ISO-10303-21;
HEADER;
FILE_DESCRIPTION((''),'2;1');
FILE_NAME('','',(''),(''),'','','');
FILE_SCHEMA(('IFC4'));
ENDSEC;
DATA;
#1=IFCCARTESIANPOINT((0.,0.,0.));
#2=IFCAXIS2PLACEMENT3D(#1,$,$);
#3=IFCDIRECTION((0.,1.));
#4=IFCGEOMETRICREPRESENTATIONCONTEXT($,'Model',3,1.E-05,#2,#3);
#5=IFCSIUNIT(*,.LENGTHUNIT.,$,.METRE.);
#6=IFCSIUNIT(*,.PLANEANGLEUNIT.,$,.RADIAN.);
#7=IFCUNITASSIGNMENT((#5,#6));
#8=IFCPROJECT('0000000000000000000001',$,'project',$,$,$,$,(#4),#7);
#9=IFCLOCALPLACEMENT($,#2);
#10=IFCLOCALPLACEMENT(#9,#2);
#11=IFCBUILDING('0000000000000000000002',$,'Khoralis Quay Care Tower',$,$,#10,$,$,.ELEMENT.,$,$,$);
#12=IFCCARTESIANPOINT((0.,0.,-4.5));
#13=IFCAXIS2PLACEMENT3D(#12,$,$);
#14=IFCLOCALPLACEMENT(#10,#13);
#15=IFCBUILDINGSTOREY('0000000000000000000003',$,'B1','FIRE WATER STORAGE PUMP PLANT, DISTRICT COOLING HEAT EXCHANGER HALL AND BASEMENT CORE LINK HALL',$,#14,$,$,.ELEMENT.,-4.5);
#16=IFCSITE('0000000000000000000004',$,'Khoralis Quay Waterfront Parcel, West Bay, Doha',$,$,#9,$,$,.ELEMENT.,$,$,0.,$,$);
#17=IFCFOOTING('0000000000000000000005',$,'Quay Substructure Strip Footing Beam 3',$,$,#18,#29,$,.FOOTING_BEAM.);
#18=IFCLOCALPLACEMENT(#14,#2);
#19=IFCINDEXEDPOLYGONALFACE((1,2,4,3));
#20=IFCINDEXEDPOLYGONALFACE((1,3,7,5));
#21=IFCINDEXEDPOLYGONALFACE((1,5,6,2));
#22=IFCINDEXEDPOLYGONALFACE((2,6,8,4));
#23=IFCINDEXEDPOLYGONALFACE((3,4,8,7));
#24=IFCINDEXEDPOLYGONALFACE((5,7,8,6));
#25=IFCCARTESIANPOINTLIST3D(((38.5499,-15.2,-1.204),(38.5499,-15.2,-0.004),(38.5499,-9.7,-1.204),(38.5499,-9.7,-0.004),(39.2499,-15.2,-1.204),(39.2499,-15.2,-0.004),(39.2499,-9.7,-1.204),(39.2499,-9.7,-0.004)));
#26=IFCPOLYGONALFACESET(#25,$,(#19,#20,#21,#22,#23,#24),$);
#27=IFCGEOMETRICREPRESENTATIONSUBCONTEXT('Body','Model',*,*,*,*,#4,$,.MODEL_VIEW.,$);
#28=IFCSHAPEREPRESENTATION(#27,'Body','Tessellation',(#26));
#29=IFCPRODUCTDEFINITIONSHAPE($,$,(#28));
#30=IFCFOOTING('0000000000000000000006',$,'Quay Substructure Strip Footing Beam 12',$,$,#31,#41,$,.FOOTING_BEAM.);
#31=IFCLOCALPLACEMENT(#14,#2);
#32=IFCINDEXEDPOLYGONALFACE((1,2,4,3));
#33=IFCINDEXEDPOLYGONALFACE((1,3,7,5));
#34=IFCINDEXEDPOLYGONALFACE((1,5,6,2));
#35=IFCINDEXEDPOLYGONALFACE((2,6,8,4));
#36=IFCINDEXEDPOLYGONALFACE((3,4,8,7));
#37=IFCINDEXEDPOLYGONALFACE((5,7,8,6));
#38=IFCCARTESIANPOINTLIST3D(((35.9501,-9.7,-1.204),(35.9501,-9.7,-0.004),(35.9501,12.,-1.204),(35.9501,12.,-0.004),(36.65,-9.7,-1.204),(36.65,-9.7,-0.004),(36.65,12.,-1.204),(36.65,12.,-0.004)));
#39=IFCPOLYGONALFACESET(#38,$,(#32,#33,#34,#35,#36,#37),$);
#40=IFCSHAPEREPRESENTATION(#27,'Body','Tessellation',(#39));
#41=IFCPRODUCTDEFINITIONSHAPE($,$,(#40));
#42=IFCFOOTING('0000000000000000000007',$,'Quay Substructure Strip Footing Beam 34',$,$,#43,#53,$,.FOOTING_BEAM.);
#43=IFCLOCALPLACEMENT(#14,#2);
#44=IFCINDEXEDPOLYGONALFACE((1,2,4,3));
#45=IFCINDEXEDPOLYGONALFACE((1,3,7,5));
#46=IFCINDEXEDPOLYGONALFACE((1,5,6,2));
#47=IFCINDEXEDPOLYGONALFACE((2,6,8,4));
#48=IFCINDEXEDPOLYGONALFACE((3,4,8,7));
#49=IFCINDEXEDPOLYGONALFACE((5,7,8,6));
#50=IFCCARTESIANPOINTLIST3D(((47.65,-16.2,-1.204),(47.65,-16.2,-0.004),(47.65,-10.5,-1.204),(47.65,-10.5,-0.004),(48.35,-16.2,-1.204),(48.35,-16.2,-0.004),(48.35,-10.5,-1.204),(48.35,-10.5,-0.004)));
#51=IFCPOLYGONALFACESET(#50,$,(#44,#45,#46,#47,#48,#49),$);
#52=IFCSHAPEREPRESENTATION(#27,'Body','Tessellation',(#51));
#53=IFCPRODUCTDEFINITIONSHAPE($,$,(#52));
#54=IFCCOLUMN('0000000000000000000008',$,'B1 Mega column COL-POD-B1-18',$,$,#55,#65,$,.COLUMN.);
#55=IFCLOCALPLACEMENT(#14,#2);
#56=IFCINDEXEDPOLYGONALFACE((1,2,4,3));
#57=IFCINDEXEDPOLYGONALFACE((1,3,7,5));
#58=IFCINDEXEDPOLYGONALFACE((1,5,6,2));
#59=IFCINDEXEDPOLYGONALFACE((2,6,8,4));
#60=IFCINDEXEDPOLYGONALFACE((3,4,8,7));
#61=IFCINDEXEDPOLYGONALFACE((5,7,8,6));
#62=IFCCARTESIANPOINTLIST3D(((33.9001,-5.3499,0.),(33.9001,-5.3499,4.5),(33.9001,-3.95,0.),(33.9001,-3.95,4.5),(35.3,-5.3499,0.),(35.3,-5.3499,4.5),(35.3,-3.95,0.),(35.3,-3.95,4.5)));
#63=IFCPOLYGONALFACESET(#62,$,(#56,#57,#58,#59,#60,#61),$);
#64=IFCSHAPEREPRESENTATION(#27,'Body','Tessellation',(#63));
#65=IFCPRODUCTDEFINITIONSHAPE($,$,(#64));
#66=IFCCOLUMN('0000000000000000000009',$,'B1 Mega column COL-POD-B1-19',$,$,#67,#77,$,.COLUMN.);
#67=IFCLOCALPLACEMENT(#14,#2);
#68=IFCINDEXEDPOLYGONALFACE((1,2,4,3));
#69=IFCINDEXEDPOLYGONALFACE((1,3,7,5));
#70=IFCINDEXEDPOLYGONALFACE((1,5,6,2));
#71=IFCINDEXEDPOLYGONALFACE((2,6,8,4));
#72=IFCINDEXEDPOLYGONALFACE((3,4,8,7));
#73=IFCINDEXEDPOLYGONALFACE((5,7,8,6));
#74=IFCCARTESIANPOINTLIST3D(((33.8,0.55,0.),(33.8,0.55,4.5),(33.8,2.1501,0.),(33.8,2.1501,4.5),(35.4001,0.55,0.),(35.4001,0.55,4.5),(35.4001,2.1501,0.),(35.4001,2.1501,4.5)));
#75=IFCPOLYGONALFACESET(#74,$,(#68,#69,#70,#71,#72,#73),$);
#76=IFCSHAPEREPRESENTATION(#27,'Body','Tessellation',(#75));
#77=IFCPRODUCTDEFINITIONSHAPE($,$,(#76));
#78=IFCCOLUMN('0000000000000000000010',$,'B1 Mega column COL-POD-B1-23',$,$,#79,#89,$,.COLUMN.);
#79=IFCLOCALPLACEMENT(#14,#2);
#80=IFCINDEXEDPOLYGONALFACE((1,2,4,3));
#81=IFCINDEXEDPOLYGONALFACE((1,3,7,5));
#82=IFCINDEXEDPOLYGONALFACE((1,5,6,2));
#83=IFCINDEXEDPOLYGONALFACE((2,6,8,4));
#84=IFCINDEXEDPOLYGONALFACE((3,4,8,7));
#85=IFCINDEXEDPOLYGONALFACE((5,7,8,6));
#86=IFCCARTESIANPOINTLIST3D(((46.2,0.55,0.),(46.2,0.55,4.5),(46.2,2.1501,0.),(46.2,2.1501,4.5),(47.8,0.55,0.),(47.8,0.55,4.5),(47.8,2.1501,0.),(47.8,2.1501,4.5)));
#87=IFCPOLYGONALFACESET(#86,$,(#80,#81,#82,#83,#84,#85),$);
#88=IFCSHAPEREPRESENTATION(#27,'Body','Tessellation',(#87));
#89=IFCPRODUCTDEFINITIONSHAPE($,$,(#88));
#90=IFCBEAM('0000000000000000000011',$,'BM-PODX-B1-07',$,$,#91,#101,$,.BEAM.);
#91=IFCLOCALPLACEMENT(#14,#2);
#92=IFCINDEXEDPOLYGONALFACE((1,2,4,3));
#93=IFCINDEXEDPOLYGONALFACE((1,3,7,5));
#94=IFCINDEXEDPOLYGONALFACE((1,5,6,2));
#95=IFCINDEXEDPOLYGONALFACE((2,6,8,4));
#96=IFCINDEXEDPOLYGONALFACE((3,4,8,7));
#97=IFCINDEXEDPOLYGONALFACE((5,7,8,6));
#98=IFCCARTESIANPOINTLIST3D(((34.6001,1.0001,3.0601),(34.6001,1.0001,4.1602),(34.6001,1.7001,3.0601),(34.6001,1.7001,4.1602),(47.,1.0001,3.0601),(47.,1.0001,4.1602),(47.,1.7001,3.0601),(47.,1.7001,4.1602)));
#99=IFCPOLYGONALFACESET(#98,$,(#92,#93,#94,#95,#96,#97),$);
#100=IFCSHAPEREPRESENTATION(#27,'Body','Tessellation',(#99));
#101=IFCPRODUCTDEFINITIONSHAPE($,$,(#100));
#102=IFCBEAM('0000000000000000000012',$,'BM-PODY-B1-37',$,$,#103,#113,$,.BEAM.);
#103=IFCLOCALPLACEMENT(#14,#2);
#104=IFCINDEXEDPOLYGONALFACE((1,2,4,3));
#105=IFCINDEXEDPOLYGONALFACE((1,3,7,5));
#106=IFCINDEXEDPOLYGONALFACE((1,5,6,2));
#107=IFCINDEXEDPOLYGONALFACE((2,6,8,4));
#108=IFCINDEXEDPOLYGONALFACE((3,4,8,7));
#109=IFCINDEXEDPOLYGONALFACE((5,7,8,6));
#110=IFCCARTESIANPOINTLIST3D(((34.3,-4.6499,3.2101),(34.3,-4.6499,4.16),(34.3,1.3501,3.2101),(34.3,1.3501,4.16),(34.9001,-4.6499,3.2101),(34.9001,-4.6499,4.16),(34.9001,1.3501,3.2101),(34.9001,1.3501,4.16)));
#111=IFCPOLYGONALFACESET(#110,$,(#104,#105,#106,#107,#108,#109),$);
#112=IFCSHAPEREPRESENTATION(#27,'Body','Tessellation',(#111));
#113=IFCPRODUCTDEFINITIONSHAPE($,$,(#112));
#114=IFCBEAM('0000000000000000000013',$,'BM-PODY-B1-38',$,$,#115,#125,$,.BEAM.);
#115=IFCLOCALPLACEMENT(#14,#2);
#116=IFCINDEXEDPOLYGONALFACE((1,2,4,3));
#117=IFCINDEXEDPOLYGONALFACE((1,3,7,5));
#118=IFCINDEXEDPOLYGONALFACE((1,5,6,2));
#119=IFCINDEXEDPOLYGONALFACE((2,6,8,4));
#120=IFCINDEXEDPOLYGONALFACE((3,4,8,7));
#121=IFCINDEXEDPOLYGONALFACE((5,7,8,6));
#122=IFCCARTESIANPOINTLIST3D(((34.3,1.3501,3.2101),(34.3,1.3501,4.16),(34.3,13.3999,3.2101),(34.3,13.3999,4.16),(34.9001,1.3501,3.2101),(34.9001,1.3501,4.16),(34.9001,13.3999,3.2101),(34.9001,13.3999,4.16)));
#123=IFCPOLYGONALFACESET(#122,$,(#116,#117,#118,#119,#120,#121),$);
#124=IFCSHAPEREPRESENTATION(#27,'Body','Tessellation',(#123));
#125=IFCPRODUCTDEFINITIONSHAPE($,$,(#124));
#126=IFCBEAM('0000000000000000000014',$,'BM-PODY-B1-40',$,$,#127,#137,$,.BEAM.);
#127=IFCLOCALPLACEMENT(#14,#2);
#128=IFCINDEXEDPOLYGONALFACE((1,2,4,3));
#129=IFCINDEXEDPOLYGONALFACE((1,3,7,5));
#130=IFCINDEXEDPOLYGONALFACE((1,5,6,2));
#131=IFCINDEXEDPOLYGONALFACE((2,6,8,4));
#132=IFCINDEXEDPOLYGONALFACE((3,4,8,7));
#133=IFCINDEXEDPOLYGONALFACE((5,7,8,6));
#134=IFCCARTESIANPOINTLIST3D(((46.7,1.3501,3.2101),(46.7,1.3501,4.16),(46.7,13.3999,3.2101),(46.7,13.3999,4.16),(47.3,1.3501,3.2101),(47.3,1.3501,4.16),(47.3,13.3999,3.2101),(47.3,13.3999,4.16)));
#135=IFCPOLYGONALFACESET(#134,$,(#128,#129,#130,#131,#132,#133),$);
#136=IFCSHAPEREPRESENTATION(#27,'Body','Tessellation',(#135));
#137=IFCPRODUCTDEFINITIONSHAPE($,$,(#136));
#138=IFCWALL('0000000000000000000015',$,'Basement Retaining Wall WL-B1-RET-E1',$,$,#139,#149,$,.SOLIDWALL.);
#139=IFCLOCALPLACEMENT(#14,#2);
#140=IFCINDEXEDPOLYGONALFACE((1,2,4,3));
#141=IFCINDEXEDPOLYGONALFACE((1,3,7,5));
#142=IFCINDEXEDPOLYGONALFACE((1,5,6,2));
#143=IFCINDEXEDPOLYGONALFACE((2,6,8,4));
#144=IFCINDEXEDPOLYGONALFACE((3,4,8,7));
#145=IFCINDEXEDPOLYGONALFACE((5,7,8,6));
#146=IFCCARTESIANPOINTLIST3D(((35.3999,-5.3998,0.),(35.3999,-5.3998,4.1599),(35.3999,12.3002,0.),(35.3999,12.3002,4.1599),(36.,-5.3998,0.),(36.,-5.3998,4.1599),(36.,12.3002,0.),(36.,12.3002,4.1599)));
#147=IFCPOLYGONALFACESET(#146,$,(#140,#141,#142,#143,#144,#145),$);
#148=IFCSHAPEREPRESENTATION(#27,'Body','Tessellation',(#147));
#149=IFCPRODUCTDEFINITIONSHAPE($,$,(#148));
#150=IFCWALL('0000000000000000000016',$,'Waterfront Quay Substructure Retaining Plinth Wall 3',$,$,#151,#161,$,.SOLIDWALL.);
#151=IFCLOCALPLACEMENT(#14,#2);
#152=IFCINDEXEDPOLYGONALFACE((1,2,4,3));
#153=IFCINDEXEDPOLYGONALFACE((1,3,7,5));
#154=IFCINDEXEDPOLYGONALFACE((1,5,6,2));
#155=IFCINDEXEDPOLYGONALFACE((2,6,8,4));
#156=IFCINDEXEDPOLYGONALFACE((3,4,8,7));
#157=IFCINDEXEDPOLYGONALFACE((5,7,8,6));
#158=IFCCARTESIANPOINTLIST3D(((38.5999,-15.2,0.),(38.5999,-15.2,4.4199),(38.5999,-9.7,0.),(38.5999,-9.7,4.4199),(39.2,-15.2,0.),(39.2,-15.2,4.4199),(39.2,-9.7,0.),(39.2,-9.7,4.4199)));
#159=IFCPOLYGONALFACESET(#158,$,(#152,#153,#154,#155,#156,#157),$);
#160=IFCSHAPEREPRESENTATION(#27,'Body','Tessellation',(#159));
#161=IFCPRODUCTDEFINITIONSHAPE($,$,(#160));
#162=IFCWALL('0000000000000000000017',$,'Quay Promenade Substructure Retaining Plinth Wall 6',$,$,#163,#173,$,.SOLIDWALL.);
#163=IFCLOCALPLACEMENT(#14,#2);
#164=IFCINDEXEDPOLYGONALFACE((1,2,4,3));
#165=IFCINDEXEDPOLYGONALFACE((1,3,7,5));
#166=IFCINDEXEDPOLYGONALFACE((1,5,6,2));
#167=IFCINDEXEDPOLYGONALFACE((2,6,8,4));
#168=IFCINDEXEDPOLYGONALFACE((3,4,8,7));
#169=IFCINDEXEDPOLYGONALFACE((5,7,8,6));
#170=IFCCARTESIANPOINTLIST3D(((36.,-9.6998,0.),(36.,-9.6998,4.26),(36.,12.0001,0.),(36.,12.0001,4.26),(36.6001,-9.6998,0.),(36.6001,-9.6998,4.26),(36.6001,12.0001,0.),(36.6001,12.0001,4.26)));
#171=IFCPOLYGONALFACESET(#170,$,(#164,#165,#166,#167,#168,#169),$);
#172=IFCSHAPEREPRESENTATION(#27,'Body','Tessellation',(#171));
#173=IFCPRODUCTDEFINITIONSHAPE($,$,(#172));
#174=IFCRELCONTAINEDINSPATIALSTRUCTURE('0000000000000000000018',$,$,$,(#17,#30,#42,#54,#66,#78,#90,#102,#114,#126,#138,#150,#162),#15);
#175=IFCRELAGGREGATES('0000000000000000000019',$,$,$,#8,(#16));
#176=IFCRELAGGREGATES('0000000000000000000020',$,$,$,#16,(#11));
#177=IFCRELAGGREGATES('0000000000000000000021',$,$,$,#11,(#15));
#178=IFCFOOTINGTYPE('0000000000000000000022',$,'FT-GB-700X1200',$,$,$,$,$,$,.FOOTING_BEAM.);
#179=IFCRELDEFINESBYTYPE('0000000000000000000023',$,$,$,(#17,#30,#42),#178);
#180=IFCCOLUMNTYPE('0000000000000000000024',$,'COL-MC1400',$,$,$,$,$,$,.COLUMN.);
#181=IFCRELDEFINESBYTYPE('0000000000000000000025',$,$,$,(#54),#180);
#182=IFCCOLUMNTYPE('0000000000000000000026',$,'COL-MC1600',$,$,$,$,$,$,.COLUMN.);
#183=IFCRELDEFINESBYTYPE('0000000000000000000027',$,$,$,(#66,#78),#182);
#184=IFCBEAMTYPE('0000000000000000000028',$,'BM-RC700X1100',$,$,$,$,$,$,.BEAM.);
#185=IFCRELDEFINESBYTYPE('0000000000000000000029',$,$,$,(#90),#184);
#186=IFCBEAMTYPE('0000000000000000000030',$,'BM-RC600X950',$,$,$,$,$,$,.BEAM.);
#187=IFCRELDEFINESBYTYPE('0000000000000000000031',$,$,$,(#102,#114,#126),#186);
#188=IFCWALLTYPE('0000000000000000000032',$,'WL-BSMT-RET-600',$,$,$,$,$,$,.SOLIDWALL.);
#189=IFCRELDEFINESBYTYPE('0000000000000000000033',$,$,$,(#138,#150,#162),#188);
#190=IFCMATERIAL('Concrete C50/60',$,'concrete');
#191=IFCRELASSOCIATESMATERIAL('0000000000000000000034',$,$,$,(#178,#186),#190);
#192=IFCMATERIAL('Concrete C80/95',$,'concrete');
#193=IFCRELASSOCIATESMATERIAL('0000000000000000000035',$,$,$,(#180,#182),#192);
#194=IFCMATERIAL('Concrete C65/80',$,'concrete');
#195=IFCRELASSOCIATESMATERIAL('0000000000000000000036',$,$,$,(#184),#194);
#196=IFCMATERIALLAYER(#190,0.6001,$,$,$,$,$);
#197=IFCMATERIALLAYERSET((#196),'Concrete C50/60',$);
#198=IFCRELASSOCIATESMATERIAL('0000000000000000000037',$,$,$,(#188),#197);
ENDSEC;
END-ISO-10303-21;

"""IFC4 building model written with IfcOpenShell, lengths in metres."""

from ifc_helpers import new_model, si_unit, direction, frame, frame_2d, origin, origin_2d, place, context, subcontext, project, spatial, rectangle, extrude, source, transform, mapped, material, layer, layer_set, material_profile, profile_set, type_object, element, save


model = new_model("IFC4")

# Units and contexts
model_context = context("Model", 3, precision=1e-05, world=origin(), true_north=direction((0.0, 1.0)))
body_context = subcontext(model_context, "Body", "Model", "MODEL_VIEW")
ifc_project = project(units=[si_unit("LENGTHUNIT", "METRE"), si_unit("PLANEANGLEUNIT", "RADIAN")], contexts=[model_context])

# Site, building, storey
site_placement = place(None, origin())
site = spatial("IfcSite", under=ifc_project, at=site_placement, Name="Khoralis Quay Waterfront Parcel, West Bay, Doha", CompositionType="ELEMENT", RefElevation=0.0)
building_placement = place(site_placement, origin())
building = spatial("IfcBuilding", under=site, at=building_placement, Name="Khoralis Quay Care Tower", CompositionType="ELEMENT")
storey_placement = place(building_placement, frame((0.0, 0.0, -4.5)))
storey = spatial("IfcBuildingStorey", under=building, at=storey_placement, Name="B1", Description="FIRE WATER STORAGE PUMP PLANT, DISTRICT COOLING HEAT EXCHANGER HALL AND BASEMENT CORE LINK HALL", CompositionType="ELEMENT", Elevation=-4.5)

# Shared definitions
ifc_material_1 = material(Name="Concrete C50/60", Category="concrete")

# Footings
ifc_material_profile_1 = material_profile(ifc_material_1, rectangle(XDim=0.7, YDim=1.2, at=origin_2d()), Name="Concrete C50/60")
ifc_profile_set_1 = profile_set([ifc_material_profile_1], Name="Concrete C50/60")
footing_type = type_object("IfcFootingType", Name="FT-GB-700X1200", PredefinedType="FOOTING_BEAM", material=ifc_profile_set_1)
shared_shape_1 = source(origin(), body_context, "Body", "SweptSolid", [
    extrude(rectangle(XDim=0.7, YDim=1.2, at=origin_2d()), origin(), (0.0, 0.0, 1.0), 5.5),
])
footing_1_placement = place(storey_placement, frame((38.8999, -15.2, -0.604), z_axis=(0.0, 1.0, 0.0), x_axis=(-1.0, 0.0, 0.0)))
element("IfcFooting", 1, at=footing_1_placement, inside=storey, type_object=footing_type, Name="Quay Substructure Strip Footing Beam 3", PredefinedType="FOOTING_BEAM", context=body_context, shape_type="MappedRepresentation", body=[
    mapped(shared_shape_1, transform((0.0, 0.0, 0.0), scale=1.0)),
])
shared_shape_2 = source(origin(), body_context, "Body", "SweptSolid", [
    extrude(rectangle(XDim=0.7, YDim=1.2, at=origin_2d()), origin(), (0.0, 0.0, 1.0), 21.7),
])
footing_2_placement = place(storey_placement, frame((36.3, -9.7, -0.604), z_axis=(0.0, 1.0, 0.0), x_axis=(-1.0, 0.0, 0.0)))
element("IfcFooting", 2, at=footing_2_placement, inside=storey, type_object=footing_type, Name="Quay Substructure Strip Footing Beam 12", PredefinedType="FOOTING_BEAM", context=body_context, shape_type="MappedRepresentation", body=[
    mapped(shared_shape_2, transform((0.0, 0.0, 0.0), scale=1.0)),
])
shared_shape_3 = source(origin(), body_context, "Body", "SweptSolid", [
    extrude(rectangle(XDim=0.7, YDim=1.2, at=origin_2d()), origin(), (0.0, 0.0, 1.0), 5.7),
])
footing_3_placement = place(storey_placement, frame((48.0, -16.2, -0.604), z_axis=(0.0, 1.0, 0.0), x_axis=(-1.0, 0.0, 0.0)))
element("IfcFooting", 3, at=footing_3_placement, inside=storey, type_object=footing_type, Name="Quay Substructure Strip Footing Beam 34", PredefinedType="FOOTING_BEAM", context=body_context, shape_type="MappedRepresentation", body=[
    mapped(shared_shape_3, transform((0.0, 0.0, 0.0), scale=1.0)),
])

# Columns
ifc_material_2 = material(Name="Concrete C80/95", Category="concrete")
ifc_material_profile_2 = material_profile(ifc_material_2, rectangle(XDim=1.3999, YDim=1.3999, at=origin_2d()), Name="Concrete C80/95")
ifc_profile_set_2 = profile_set([ifc_material_profile_2], Name="Concrete C80/95")
column_type_1 = type_object("IfcColumnType", Name="COL-MC1400", PredefinedType="COLUMN", material=ifc_profile_set_2)
shared_shape_4 = source(origin(), body_context, "Body", "SweptSolid", [
    extrude(rectangle(XDim=1.3999, YDim=1.3999, at=origin_2d()), origin(), (0.0, 0.0, 1.0), 4.5),
])
column_placement = place(storey_placement, frame((34.6001, -4.6499, 0.0), z_axis=(0.0, 0.0, 1.0), x_axis=(1.0, 0.0, 0.0)))
element("IfcColumn", 4, at=column_placement, inside=storey, type_object=column_type_1, Name="B1 Mega column COL-POD-B1-18", PredefinedType="COLUMN", context=body_context, shape_type="MappedRepresentation", body=[
    mapped(shared_shape_4, transform((0.0, 0.0, 0.0), scale=1.0)),
])
ifc_material_profile_3 = material_profile(ifc_material_2, rectangle(XDim=1.6001, YDim=1.6001, at=origin_2d()), Name="Concrete C80/95")
ifc_profile_set_3 = profile_set([ifc_material_profile_3], Name="Concrete C80/95")
column_type_2 = type_object("IfcColumnType", Name="COL-MC1600", PredefinedType="COLUMN", material=ifc_profile_set_3)
shared_shape_5 = source(origin(), body_context, "Body", "SweptSolid", [
    extrude(rectangle(XDim=1.6001, YDim=1.6001, at=origin_2d()), origin(), (0.0, 0.0, 1.0), 4.5),
])
for number, where, z_axis, x_axis, name in (
    (5, (34.6001, 1.3501, 0.0), (0.0, 0.0, 1.0), (1.0, 0.0, 0.0), "B1 Mega column COL-POD-B1-19"),
    (6, (47.0, 1.3501, 0.0), (0.0, 0.0, 1.0), (1.0, 0.0, 0.0), "B1 Mega column COL-POD-B1-23"),
):
    element("IfcColumn", number, at=place(storey_placement, frame(where, z_axis=z_axis, x_axis=x_axis)), inside=storey, type_object=column_type_2, Name=name, PredefinedType="COLUMN", context=body_context, shape_type="MappedRepresentation", body=[
        mapped(shared_shape_5, transform((0.0, 0.0, 0.0), scale=1.0)),
    ])

# Beams
ifc_material_3 = material(Name="Concrete C65/80", Category="concrete")
ifc_material_profile_4 = material_profile(ifc_material_3, rectangle(XDim=0.7, YDim=1.1001, at=origin_2d()), Name="Concrete C65/80")
ifc_profile_set_4 = profile_set([ifc_material_profile_4], Name="Concrete C65/80")
beam_type_1 = type_object("IfcBeamType", Name="BM-RC700X1100", PredefinedType="BEAM", material=ifc_profile_set_4)
shared_shape_6 = source(origin(), body_context, "Body", "SweptSolid", [
    extrude(rectangle(XDim=0.7, YDim=1.1001, at=origin_2d()), origin(), (0.0, 0.0, 1.0), 12.3999),
])
beam_1_placement = place(storey_placement, frame((34.6001, 1.3501, 3.6101), z_axis=(1.0, 0.0, 0.0), x_axis=(0.0, 1.0, 0.0)))
element("IfcBeam", 7, at=beam_1_placement, inside=storey, type_object=beam_type_1, Name="BM-PODX-B1-07", PredefinedType="BEAM", context=body_context, shape_type="MappedRepresentation", body=[
    mapped(shared_shape_6, transform((0.0, 0.0, 0.0), scale=1.0)),
])
ifc_material_profile_5 = material_profile(ifc_material_1, rectangle(XDim=0.6001, YDim=0.95, at=origin_2d()), Name="Concrete C50/60")
ifc_profile_set_5 = profile_set([ifc_material_profile_5], Name="Concrete C50/60")
beam_type_2 = type_object("IfcBeamType", Name="BM-RC600X950", PredefinedType="BEAM", material=ifc_profile_set_5)
shared_shape_7 = source(origin(), body_context, "Body", "SweptSolid", [
    extrude(rectangle(XDim=0.6001, YDim=0.95, at=origin_2d()), origin(), (0.0, 0.0, 1.0), 6.0),
])
beam_2_placement = place(storey_placement, frame((34.6001, -4.6499, 3.6851), z_axis=(0.0, 1.0, 0.0), x_axis=(-1.0, 0.0, 0.0)))
element("IfcBeam", 8, at=beam_2_placement, inside=storey, type_object=beam_type_2, Name="BM-PODY-B1-37", PredefinedType="BEAM", context=body_context, shape_type="MappedRepresentation", body=[
    mapped(shared_shape_7, transform((0.0, 0.0, 0.0), scale=1.0)),
])
shared_shape_8 = source(origin(), body_context, "Body", "SweptSolid", [
    extrude(rectangle(XDim=0.6001, YDim=0.95, at=origin_2d()), origin(), (0.0, 0.0, 1.0), 12.0498),
])
for number, where, z_axis, x_axis, name in (
    (9, (34.6001, 1.3501, 3.6851), (0.0, 1.0, 0.0), (-1.0, 0.0, 0.0), "BM-PODY-B1-38"),
    (10, (47.0, 1.3501, 3.6851), (0.0, 1.0, 0.0), (-1.0, 0.0, 0.0), "BM-PODY-B1-40"),
):
    element("IfcBeam", number, at=place(storey_placement, frame(where, z_axis=z_axis, x_axis=x_axis)), inside=storey, type_object=beam_type_2, Name=name, PredefinedType="BEAM", context=body_context, shape_type="MappedRepresentation", body=[
        mapped(shared_shape_8, transform((0.0, 0.0, 0.0), scale=1.0)),
    ])

# Walls
ifc_layer = layer(ifc_material_1, 0.6001)
ifc_layer_set = layer_set([ifc_layer], Name="Concrete C50/60")
wall_type = type_object("IfcWallType", Name="WL-BSMT-RET-600", PredefinedType="SOLIDWALL", material=ifc_layer_set)
wall_1_placement = place(storey_placement, frame((35.7, -5.3999, 0.0), z_axis=(0.0, 0.0, 1.0), x_axis=(0.0, 1.0, 0.0)))
element("IfcWall", 11, at=wall_1_placement, inside=storey, type_object=wall_type, Name="Basement Retaining Wall WL-B1-RET-E1", PredefinedType="SOLIDWALL", context=body_context, shape_type="SweptSolid", body=[
    extrude(rectangle(XDim=17.7, YDim=0.6001, at=frame_2d((8.8501, 0.0))), origin(), (0.0, 0.0, 1.0), 4.1599),
])
wall_2_placement = place(storey_placement, frame((38.8999, -15.2, 0.0), z_axis=(0.0, 0.0, 1.0), x_axis=(0.0, 1.0, 0.0)))
element("IfcWall", 12, at=wall_2_placement, inside=storey, type_object=wall_type, Name="Waterfront Quay Substructure Retaining Plinth Wall 3", PredefinedType="SOLIDWALL", context=body_context, shape_type="SweptSolid", body=[
    extrude(rectangle(XDim=5.5, YDim=0.6001, at=frame_2d((2.75, 0.0))), origin(), (0.0, 0.0, 1.0), 4.4199),
])
wall_3_placement = place(storey_placement, frame((36.3, -9.7, 0.0), z_axis=(0.0, 0.0, 1.0), x_axis=(0.0, 1.0, 0.0)))
element("IfcWall", 13, at=wall_3_placement, inside=storey, type_object=wall_type, Name="Quay Promenade Substructure Retaining Plinth Wall 6", PredefinedType="SOLIDWALL", context=body_context, shape_type="SweptSolid", body=[
    extrude(rectangle(XDim=21.7, YDim=0.6001, at=frame_2d((10.8501, 0.0))), origin(), (0.0, 0.0, 1.0), 4.26),
])

save(model, "model.ifc")
